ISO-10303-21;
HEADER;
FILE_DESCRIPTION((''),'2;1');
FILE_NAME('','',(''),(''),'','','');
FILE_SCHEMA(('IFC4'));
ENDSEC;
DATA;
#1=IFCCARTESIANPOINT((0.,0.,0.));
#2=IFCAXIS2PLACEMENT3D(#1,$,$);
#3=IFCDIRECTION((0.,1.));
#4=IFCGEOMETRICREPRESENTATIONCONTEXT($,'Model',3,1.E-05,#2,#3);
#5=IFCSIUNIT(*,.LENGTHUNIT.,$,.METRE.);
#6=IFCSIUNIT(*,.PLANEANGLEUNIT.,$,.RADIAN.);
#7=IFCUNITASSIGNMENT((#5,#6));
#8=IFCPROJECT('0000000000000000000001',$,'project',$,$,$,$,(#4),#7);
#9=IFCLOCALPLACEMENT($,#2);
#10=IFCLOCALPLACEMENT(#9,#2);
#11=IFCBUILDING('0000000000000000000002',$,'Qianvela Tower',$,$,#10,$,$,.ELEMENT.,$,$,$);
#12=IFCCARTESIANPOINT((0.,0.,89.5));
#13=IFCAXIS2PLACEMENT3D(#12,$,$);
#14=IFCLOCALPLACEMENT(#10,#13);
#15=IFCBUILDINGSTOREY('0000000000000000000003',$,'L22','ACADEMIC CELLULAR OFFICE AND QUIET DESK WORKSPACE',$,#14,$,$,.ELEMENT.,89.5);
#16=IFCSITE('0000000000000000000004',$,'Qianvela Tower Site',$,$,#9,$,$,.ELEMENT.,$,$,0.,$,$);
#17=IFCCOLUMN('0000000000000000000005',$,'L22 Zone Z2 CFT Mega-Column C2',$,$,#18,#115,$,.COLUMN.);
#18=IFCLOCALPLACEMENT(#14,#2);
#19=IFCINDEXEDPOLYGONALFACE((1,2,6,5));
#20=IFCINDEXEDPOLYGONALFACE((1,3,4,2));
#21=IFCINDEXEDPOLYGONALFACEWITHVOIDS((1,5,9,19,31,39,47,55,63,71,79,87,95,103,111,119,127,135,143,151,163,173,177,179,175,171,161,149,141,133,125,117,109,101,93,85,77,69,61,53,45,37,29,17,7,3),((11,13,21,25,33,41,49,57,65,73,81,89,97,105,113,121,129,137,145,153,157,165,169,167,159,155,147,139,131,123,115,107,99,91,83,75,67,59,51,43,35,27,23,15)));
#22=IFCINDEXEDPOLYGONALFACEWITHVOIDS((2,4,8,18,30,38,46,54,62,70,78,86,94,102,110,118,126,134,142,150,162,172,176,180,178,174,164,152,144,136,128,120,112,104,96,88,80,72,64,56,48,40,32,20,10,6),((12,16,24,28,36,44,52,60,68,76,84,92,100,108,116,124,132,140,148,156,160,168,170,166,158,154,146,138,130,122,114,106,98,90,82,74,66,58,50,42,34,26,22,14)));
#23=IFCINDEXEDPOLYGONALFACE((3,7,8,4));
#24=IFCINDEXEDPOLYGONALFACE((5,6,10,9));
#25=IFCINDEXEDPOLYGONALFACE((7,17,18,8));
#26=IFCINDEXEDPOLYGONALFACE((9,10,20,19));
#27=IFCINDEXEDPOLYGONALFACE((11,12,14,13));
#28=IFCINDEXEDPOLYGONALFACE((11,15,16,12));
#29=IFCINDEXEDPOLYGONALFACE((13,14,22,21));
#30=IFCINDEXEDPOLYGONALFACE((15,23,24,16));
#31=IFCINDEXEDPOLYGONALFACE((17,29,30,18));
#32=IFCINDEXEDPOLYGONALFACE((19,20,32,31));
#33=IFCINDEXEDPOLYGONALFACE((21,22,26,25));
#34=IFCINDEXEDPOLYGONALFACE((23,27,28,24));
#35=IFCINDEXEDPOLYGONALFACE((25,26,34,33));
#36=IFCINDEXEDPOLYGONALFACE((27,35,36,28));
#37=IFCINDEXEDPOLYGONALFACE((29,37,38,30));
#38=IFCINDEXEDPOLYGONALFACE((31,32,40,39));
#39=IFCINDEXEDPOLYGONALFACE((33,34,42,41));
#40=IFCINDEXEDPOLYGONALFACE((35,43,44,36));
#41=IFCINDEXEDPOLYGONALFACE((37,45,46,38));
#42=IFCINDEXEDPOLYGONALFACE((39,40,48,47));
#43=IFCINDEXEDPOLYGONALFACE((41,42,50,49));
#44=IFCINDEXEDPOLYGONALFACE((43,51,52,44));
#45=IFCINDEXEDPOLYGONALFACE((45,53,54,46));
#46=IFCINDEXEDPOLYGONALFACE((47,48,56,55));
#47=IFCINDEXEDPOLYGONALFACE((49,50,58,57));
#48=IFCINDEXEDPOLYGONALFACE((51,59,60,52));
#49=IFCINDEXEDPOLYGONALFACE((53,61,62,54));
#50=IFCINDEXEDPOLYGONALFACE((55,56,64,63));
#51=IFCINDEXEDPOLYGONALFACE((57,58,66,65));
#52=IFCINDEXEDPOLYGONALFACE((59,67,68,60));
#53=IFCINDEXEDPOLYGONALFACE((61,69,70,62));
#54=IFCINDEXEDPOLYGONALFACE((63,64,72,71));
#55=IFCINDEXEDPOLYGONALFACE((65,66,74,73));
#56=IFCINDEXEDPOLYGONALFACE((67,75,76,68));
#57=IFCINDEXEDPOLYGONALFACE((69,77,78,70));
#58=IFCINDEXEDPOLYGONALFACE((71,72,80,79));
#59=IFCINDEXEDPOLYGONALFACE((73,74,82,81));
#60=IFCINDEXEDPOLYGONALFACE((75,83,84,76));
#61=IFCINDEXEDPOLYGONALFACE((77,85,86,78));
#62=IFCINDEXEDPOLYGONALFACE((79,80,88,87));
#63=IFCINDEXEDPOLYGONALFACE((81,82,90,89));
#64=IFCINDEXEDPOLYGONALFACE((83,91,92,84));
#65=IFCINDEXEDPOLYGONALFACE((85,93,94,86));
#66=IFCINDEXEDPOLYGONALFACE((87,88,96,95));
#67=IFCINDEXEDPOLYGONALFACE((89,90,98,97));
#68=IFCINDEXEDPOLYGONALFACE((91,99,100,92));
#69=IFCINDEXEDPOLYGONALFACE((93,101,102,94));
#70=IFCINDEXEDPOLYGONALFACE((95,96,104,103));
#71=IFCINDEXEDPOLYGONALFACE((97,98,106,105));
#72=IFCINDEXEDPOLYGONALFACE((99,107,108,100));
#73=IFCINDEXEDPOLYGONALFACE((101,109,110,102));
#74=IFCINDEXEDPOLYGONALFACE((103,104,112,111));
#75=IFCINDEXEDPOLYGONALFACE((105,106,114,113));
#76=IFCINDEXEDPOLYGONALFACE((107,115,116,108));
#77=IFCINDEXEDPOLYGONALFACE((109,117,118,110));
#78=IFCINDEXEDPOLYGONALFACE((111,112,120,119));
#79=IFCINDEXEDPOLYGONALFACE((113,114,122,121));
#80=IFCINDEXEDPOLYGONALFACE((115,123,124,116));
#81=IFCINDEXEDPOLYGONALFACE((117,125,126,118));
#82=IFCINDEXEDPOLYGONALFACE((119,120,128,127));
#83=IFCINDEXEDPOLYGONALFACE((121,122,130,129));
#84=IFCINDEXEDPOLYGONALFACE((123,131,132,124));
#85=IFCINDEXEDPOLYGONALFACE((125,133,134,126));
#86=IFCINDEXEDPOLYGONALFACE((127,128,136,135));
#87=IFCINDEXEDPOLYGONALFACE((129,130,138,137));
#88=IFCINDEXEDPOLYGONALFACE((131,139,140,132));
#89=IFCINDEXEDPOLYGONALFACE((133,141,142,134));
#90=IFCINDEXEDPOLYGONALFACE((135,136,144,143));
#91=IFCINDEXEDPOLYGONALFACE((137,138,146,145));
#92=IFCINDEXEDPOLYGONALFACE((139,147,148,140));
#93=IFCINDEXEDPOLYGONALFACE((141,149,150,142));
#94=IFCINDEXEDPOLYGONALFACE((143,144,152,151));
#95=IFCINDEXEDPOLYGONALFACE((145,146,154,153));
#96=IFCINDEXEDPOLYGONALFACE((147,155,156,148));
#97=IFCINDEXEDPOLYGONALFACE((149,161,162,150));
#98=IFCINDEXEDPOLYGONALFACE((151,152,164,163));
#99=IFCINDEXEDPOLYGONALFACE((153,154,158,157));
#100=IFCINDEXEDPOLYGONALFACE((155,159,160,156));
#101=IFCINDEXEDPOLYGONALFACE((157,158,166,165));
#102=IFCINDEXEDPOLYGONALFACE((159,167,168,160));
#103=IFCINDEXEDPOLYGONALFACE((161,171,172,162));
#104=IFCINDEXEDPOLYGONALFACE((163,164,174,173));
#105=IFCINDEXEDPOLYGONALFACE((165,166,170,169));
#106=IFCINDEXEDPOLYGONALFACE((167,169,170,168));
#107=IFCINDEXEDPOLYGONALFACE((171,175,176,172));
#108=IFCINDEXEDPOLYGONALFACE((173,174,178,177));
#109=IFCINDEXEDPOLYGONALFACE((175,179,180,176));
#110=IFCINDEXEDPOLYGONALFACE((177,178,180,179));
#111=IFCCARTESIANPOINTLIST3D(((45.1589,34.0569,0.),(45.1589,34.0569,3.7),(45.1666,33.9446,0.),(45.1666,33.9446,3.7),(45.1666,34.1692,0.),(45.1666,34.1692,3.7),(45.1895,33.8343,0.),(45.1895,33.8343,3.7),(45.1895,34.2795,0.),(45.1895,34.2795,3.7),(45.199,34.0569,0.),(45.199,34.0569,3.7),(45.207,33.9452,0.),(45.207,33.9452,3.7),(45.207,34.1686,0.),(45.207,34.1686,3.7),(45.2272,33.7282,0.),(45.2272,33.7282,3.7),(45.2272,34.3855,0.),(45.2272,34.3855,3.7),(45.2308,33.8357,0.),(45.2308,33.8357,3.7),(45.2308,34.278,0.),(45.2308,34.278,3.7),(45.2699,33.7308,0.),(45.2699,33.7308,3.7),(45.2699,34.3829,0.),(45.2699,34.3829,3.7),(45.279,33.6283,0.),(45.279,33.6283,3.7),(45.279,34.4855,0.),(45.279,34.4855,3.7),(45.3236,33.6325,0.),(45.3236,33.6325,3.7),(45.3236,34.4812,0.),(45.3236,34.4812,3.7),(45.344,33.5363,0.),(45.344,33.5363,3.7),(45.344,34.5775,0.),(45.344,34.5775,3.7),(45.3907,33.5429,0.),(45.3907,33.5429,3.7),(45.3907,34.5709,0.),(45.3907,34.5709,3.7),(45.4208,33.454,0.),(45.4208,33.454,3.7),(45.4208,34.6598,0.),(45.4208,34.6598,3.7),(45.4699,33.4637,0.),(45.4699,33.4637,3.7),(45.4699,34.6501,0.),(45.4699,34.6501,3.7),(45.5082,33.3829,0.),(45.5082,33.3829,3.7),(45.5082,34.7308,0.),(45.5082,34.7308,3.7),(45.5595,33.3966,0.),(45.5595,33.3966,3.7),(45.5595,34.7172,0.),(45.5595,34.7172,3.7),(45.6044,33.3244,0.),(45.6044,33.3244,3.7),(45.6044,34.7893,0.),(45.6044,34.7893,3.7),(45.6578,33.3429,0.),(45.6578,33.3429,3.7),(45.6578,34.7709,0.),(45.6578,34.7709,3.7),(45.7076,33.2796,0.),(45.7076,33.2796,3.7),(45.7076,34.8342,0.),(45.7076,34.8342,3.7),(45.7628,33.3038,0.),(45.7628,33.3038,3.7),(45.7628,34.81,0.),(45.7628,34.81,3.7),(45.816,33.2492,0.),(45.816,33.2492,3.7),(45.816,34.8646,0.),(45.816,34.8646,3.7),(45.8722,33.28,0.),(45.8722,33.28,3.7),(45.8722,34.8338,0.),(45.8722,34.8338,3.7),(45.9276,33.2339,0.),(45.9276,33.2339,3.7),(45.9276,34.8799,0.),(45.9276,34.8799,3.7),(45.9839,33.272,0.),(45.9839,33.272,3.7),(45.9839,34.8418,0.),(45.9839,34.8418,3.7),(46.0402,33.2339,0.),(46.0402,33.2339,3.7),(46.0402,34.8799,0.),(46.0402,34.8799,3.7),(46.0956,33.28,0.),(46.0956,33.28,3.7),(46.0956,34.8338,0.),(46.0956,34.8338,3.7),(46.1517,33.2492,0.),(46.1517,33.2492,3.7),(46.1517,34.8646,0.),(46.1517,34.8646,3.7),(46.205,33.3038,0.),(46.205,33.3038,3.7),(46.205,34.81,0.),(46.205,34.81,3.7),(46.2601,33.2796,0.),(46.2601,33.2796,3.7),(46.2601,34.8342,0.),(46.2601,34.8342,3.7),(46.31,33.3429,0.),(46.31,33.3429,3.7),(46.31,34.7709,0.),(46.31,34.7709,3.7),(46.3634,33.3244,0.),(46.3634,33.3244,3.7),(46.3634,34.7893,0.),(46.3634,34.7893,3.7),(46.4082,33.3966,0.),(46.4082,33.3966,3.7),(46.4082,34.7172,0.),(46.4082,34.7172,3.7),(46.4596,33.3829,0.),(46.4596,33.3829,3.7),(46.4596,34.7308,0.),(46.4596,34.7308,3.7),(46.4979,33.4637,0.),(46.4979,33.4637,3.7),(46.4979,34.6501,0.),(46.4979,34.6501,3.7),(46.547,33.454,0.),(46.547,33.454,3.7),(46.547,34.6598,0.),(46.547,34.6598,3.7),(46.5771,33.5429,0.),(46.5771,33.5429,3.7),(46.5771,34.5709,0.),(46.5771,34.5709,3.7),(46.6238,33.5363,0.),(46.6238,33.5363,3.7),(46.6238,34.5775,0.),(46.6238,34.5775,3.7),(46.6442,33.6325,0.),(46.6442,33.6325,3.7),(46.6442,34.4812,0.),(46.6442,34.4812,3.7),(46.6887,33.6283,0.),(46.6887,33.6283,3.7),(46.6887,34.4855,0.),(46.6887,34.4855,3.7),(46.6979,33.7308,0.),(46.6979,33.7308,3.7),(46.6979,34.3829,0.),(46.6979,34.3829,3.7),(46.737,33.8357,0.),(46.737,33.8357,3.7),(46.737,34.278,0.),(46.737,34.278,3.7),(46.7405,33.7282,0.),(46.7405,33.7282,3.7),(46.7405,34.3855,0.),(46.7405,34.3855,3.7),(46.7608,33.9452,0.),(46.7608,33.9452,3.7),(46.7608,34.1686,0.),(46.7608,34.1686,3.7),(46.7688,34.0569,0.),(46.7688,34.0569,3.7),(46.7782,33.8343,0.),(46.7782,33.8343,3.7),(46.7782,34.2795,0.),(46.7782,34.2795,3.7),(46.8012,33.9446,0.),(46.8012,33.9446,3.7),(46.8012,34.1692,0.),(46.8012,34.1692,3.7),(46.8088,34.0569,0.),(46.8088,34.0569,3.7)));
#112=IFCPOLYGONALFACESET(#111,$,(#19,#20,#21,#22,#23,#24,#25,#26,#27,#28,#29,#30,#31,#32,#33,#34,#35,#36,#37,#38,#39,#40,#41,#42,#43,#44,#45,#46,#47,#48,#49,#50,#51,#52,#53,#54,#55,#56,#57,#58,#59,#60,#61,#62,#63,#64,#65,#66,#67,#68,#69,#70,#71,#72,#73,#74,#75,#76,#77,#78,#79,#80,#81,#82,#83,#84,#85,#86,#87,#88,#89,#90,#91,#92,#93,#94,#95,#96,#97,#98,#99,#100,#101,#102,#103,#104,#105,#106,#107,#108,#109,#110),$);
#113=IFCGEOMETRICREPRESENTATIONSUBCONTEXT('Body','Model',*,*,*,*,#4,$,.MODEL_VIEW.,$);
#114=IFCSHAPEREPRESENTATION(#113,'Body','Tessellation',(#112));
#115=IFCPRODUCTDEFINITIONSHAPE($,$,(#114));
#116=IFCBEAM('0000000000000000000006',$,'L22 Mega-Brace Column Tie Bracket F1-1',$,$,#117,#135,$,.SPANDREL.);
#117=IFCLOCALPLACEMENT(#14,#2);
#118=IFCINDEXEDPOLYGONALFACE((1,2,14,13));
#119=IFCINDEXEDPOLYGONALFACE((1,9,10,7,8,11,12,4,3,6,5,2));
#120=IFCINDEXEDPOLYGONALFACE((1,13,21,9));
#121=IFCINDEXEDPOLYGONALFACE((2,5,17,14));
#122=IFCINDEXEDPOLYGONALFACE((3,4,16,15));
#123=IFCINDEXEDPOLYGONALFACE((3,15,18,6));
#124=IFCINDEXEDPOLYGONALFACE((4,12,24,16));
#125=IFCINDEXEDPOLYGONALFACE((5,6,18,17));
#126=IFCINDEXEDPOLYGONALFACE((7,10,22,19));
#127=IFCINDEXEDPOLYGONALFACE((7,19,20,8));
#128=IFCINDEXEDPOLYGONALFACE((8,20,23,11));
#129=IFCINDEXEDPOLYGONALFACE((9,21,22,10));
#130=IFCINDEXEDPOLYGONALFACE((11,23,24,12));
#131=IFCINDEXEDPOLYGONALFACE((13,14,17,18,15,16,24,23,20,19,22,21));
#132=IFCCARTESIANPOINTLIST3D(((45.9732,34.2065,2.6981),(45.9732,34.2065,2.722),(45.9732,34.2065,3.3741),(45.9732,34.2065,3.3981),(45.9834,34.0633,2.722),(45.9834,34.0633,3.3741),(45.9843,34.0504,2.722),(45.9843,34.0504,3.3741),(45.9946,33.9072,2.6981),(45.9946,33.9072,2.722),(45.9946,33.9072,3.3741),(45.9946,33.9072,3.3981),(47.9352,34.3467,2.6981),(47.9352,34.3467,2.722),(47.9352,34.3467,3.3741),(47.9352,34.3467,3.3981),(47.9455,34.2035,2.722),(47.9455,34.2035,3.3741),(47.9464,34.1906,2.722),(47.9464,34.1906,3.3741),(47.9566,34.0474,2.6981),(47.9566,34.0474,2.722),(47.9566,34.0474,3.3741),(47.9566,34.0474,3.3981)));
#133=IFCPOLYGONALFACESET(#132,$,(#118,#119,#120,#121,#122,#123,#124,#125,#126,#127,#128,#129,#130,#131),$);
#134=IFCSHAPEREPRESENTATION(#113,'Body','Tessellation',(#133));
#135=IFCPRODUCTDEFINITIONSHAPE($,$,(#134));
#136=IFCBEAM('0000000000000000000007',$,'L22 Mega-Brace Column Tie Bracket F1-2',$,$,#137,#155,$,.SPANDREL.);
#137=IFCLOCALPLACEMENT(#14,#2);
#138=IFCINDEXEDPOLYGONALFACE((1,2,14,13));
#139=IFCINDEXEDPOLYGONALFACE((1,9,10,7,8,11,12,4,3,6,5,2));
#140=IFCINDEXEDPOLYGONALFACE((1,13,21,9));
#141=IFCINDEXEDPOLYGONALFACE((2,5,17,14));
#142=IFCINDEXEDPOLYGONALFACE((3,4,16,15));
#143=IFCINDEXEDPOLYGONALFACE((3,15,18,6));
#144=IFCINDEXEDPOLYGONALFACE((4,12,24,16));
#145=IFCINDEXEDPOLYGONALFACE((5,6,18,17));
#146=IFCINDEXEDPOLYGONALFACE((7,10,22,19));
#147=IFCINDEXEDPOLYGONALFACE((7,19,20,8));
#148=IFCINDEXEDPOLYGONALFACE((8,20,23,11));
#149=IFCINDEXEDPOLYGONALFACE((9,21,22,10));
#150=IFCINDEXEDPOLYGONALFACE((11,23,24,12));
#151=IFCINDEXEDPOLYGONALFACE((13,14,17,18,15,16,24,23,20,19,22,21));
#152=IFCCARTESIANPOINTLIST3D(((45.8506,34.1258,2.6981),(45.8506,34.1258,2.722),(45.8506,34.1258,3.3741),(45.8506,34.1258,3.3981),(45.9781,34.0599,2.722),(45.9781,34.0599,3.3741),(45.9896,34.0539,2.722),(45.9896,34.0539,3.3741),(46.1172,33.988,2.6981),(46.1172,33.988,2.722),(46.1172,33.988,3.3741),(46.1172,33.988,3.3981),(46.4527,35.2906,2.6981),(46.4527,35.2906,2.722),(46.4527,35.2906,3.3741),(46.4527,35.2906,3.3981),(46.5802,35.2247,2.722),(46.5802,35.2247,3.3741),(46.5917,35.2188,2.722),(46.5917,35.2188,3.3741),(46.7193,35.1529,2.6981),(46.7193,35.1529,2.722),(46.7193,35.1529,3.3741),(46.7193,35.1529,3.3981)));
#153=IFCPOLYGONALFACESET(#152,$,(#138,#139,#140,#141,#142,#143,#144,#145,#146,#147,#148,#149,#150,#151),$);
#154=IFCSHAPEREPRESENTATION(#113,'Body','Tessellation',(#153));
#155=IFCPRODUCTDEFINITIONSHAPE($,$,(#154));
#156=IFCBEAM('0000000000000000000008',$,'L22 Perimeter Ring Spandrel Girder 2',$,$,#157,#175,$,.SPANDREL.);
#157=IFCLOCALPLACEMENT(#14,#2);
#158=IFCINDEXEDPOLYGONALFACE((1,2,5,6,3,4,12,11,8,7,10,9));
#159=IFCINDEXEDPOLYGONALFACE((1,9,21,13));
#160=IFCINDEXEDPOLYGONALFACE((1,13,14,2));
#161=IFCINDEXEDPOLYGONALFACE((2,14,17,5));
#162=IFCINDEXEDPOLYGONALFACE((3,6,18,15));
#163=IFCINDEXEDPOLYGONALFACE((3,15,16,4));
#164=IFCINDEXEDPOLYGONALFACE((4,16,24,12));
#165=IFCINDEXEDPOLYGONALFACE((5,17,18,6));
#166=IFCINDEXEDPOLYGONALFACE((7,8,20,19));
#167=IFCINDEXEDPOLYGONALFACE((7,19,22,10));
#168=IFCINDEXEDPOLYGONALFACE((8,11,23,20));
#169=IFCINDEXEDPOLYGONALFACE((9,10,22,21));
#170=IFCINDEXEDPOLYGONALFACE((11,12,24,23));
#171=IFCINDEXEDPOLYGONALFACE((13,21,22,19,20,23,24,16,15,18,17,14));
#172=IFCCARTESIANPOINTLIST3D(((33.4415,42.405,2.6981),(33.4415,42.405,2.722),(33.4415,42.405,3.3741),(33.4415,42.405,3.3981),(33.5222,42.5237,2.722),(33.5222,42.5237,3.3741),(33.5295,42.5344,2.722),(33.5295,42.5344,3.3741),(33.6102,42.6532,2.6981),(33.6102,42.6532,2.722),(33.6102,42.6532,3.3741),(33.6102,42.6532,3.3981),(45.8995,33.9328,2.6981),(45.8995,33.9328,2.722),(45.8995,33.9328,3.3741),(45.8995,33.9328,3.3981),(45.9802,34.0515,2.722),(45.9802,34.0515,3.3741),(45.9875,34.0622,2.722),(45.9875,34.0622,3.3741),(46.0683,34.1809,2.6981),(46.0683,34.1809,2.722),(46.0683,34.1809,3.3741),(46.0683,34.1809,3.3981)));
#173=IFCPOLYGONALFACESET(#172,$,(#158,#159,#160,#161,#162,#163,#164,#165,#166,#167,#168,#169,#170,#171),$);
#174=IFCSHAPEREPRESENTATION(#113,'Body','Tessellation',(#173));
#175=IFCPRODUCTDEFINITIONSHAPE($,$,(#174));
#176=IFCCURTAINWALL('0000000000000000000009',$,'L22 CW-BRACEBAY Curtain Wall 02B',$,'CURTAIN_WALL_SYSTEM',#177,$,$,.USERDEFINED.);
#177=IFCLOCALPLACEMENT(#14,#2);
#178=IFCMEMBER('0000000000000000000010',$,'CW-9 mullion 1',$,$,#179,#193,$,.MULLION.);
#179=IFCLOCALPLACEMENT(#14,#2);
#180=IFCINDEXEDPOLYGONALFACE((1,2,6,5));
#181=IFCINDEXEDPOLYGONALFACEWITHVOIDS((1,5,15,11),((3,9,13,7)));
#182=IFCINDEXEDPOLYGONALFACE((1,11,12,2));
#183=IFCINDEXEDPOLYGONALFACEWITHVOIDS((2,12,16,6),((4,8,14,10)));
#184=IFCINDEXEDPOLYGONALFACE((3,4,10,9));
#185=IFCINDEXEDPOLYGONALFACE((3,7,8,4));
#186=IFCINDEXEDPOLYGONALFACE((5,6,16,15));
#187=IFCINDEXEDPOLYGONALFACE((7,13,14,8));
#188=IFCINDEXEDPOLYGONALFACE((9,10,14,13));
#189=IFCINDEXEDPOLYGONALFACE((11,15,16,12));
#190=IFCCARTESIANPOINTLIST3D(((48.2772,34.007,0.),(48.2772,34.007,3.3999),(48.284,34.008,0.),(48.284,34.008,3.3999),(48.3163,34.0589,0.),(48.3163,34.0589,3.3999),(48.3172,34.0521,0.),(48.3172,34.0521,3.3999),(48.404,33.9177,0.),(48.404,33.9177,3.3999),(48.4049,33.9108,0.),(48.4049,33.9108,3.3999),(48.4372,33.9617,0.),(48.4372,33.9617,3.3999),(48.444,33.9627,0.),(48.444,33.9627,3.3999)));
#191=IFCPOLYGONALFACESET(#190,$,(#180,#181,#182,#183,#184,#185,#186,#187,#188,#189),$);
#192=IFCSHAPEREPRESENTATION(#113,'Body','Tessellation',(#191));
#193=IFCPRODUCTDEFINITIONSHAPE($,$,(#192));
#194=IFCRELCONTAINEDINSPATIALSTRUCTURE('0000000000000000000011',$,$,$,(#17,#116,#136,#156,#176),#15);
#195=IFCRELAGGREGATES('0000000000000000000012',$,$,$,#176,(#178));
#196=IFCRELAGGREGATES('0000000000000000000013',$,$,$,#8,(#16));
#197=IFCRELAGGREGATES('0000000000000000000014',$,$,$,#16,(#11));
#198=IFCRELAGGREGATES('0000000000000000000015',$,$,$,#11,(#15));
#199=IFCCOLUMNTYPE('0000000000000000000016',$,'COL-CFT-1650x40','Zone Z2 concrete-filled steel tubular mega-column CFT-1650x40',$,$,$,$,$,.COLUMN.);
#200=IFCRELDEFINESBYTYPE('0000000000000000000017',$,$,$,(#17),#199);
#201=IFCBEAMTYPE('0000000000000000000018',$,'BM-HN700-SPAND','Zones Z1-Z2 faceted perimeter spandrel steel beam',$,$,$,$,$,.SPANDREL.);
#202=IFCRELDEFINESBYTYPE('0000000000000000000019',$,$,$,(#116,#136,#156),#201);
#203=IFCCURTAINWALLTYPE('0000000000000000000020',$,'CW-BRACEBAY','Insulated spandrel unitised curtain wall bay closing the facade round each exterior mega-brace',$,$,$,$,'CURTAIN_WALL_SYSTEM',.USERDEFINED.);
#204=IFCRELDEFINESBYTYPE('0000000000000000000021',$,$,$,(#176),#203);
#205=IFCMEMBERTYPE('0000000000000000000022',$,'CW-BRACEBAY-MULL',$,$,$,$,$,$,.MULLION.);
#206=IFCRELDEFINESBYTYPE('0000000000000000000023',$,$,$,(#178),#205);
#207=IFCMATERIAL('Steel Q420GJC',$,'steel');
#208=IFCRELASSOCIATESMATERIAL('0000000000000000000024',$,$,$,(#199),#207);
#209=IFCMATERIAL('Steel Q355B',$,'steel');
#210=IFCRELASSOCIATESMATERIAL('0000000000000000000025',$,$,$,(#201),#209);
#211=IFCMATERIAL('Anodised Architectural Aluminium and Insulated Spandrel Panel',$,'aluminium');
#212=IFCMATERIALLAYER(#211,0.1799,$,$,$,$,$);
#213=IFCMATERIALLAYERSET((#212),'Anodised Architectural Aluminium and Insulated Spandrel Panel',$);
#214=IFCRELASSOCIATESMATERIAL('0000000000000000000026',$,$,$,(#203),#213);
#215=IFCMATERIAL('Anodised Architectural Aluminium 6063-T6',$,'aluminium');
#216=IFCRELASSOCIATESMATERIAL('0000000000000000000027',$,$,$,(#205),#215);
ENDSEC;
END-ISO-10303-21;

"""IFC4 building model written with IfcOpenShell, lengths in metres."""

from ifc_helpers import new_model, si_unit, direction, frame, origin, origin_2d, place, context, subcontext, project, spatial, hollow_rectangle, hollow_circle, i_section, extrude, material, layer, layer_set, material_profile, profile_set, type_object, element, aggregate, save


model = new_model("IFC4")

# Units and contexts
model_context = context("Model", 3, precision=1e-05, world=origin(), true_north=direction((0.0, 1.0)))
body_context = subcontext(model_context, "Body", "Model", "MODEL_VIEW")
ifc_project = project(units=[si_unit("LENGTHUNIT", "METRE"), si_unit("PLANEANGLEUNIT", "RADIAN")], contexts=[model_context])

# Site, building, storey
site_placement = place(None, origin())
site = spatial("IfcSite", under=ifc_project, at=site_placement, Name="Qianvela Tower Site", CompositionType="ELEMENT", RefElevation=0.0)
building_placement = place(site_placement, origin())
building = spatial("IfcBuilding", under=site, at=building_placement, Name="Qianvela Tower", CompositionType="ELEMENT")
storey_placement = place(building_placement, frame((0.0, 0.0, 89.5)))
storey = spatial("IfcBuildingStorey", under=building, at=storey_placement, Name="L22", Description="ACADEMIC CELLULAR OFFICE AND QUIET DESK WORKSPACE", CompositionType="ELEMENT", Elevation=89.5)

# Column
ifc_material_1 = material(Name="Steel Q420GJC", Category="steel")
ifc_material_profile_1 = material_profile(ifc_material_1, hollow_circle(Radius=0.825, WallThickness=0.04, at=origin_2d()), Name="CFT-1650x40")
ifc_profile_set_1 = profile_set([ifc_material_profile_1], Name="Steel Q420GJC")
column_type = type_object("IfcColumnType", Name="COL-CFT-1650x40", Description="Zone Z2 concrete-filled steel tubular mega-column CFT-1650x40", PredefinedType="COLUMN", material=ifc_profile_set_1)
column_placement = place(storey_placement, frame((45.9839, 34.0569, 0.0), z_axis=(0.0, 0.0, 1.0), x_axis=(1.0, 0.0, 0.0)))
element("IfcColumn", 1, at=column_placement, inside=storey, type_object=column_type, Name="L22 Zone Z2 CFT Mega-Column C2", PredefinedType="COLUMN", context=body_context, shape_type="SweptSolid", body=[
    extrude(hollow_circle(Radius=0.825, WallThickness=0.04, at=origin_2d()), origin(), (0.0, 0.0, 1.0), 3.7),
])

# Beams
ifc_material_2 = material(Name="Steel Q355B", Category="steel")
ifc_material_profile_2 = material_profile(ifc_material_2, i_section(OverallWidth=0.3, OverallDepth=0.7, WebThickness=0.0129, FlangeThickness=0.0239, at=origin_2d()), Name="HN700x300x13x24")
ifc_profile_set_2 = profile_set([ifc_material_profile_2], Name="Steel Q355B")
beam_type = type_object("IfcBeamType", Name="BM-HN700-SPAND", Description="Zones Z1-Z2 faceted perimeter spandrel steel beam", PredefinedType="SPANDREL", material=ifc_profile_set_2)
beam_1_placement = place(storey_placement, frame((45.9839, 34.0569, 3.0481), z_axis=(0.997459, 0.071238, 0.0), x_axis=(-0.071238, 0.997459, 0.0)))
element("IfcBeam", 2, at=beam_1_placement, inside=storey, type_object=beam_type, Name="L22 Mega-Brace Column Tie Bracket F1-1", PredefinedType="SPANDREL", context=body_context, shape_type="SweptSolid", body=[
    extrude(i_section(OverallWidth=0.3, OverallDepth=0.7, WebThickness=0.0129, FlangeThickness=0.0239, at=origin_2d()), origin(), (0.0, 0.0, 1.0), 1.967),
])
beam_2_placement = place(storey_placement, frame((45.9839, 34.0569, 3.0481), z_axis=(0.459165, 0.888351, 0.0), x_axis=(-0.888351, 0.459165, 0.0)))
element("IfcBeam", 3, at=beam_2_placement, inside=storey, type_object=beam_type, Name="L22 Mega-Brace Column Tie Bracket F1-2", PredefinedType="SPANDREL", context=body_context, shape_type="SweptSolid", body=[
    extrude(i_section(OverallWidth=0.3, OverallDepth=0.7, WebThickness=0.0129, FlangeThickness=0.0239, at=origin_2d()), origin(), (0.0, 0.0, 1.0), 1.3113),
])
beam_3_placement = place(storey_placement, frame((45.9839, 34.0569, 3.0481), z_axis=(-0.826904, 0.562343, 0.0), x_axis=(-0.562343, -0.826904, 0.0)))
element("IfcBeam", 4, at=beam_3_placement, inside=storey, type_object=beam_type, Name="L22 Perimeter Ring Spandrel Girder 2", PredefinedType="SPANDREL", context=body_context, shape_type="SweptSolid", body=[
    extrude(i_section(OverallWidth=0.3, OverallDepth=0.7, WebThickness=0.0129, FlangeThickness=0.0239, at=origin_2d()), origin(), (0.0, 0.0, 1.0), 15.0659),
])

# Curtain wall, member
ifc_material_3 = material(Name="Anodised Architectural Aluminium and Insulated Spandrel Panel", Category="aluminium")
ifc_layer_1 = layer(ifc_material_3, 0.1799)
ifc_layer_set_1 = layer_set([ifc_layer_1], Name="Anodised Architectural Aluminium and Insulated Spandrel Panel")
curtain_wall_type_1 = type_object("IfcCurtainWallType", Name="CW-BRACEBAY", Description="Insulated spandrel unitised curtain wall bay closing the facade round each exterior mega-brace", ElementType="CURTAIN_WALL_SYSTEM", PredefinedType="USERDEFINED", material=ifc_layer_set_1)
curtain_wall_1_placement = place(storey_placement, origin())
curtain_wall_1 = element("IfcCurtainWall", 5, at=curtain_wall_1_placement, inside=storey, type_object=curtain_wall_type_1, Name="L22 CW-BRACEBAY Curtain Wall 02B", ObjectType="CURTAIN_WALL_SYSTEM", PredefinedType="USERDEFINED")
ifc_material_4 = material(Name="Anodised Architectural Aluminium 6063-T6", Category="aluminium")
ifc_material_profile_3 = material_profile(ifc_material_4, hollow_rectangle(XDim=0.0649, YDim=0.1599, WallThickness=0.0049, at=origin_2d()), Name="ALU-MULL-65x160")
ifc_profile_set_3 = profile_set([ifc_material_profile_3], Name="Anodised Architectural Aluminium 6063-T6")
member_type_1 = type_object("IfcMemberType", Name="CW-BRACEBAY-MULL", PredefinedType="MULLION", material=ifc_profile_set_3)
member_1_placement = place(storey_placement, frame((48.3606, 33.9849, 0.0), z_axis=(0.0, 0.0, 1.0), x_axis=(-0.601728, -0.798701, 0.0)))
member_1 = element("IfcMember", 6, at=member_1_placement, type_object=member_type_1, Name="CW-9 mullion 1", PredefinedType="MULLION", context=body_context, shape_type="SweptSolid", body=[
    extrude(hollow_rectangle(XDim=0.0649, YDim=0.1599, WallThickness=0.0049, at=origin_2d()), origin(), (0.0, 0.0, 1.0), 3.3999),
])

aggregate(curtain_wall_1, [member_1])

save(model, "model.ifc")
